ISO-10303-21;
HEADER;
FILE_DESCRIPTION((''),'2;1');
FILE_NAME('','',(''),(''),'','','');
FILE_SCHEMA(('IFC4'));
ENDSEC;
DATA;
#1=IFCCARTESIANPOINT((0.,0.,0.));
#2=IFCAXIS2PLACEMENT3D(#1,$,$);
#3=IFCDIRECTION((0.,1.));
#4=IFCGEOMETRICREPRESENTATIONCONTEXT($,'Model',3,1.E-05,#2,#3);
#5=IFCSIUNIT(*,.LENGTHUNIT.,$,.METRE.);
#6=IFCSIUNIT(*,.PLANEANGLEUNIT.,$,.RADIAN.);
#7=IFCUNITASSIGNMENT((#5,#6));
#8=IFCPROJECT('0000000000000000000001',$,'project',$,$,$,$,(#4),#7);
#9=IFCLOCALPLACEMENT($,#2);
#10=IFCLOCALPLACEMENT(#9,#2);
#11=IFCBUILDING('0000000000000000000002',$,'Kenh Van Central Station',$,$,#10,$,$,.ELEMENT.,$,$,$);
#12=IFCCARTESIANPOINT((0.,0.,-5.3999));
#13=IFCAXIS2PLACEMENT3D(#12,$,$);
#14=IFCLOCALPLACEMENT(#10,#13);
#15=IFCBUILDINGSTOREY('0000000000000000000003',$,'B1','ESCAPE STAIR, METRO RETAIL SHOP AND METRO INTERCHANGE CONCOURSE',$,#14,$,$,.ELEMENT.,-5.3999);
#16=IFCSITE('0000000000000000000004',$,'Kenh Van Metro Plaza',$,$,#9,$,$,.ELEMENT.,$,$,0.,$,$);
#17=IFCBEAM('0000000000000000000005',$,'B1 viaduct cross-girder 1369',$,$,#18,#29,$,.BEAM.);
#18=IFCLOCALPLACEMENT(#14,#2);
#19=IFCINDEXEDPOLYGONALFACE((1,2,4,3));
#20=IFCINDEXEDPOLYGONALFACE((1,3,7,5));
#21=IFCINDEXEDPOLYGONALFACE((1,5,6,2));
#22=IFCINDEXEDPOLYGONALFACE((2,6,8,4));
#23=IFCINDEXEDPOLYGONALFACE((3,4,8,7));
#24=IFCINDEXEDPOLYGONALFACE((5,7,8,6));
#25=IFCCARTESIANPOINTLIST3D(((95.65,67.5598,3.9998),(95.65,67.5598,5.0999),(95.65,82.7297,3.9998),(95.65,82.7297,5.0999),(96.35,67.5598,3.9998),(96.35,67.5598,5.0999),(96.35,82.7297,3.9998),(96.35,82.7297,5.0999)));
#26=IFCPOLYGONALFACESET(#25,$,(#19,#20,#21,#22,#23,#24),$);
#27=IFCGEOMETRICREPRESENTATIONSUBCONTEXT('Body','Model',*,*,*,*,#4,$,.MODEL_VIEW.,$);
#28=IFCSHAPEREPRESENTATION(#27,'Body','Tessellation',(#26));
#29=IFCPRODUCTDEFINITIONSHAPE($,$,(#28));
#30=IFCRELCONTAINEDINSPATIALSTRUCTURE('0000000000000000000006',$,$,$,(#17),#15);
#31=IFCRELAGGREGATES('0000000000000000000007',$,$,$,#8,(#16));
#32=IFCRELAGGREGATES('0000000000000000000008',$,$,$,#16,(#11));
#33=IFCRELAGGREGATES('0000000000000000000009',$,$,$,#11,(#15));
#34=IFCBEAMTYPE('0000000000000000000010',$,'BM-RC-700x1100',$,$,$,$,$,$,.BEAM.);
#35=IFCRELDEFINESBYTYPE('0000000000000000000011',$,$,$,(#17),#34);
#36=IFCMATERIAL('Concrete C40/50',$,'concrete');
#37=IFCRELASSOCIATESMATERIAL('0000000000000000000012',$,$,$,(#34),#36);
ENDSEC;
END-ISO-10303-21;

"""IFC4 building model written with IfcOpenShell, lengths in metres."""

from ifc_helpers import new_model, si_unit, direction, frame, origin, origin_2d, place, context, subcontext, project, spatial, rectangle, extrude, material, material_profile, profile_set, type_object, element, save


model = new_model("IFC4")

# Units and contexts
model_context = context("Model", 3, precision=1e-05, world=origin(), true_north=direction((0.0, 1.0)))
body_context = subcontext(model_context, "Body", "Model", "MODEL_VIEW")
ifc_project = project(units=[si_unit("LENGTHUNIT", "METRE"), si_unit("PLANEANGLEUNIT", "RADIAN")], contexts=[model_context])

# Site, building, storey
site_placement = place(None, origin())
site = spatial("IfcSite", under=ifc_project, at=site_placement, Name="Kenh Van Metro Plaza", CompositionType="ELEMENT", RefElevation=0.0)
building_placement = place(site_placement, origin())
building = spatial("IfcBuilding", under=site, at=building_placement, Name="Kenh Van Central Station", CompositionType="ELEMENT")
storey_placement = place(building_placement, frame((0.0, 0.0, -5.3999)))
storey = spatial("IfcBuildingStorey", under=building, at=storey_placement, Name="B1", Description="ESCAPE STAIR, METRO RETAIL SHOP AND METRO INTERCHANGE CONCOURSE", CompositionType="ELEMENT", Elevation=-5.3999)

# Shared definitions
ifc_material = material(Name="Concrete C40/50", Category="concrete")

# Beam
ifc_material_profile_1 = material_profile(ifc_material, rectangle(XDim=0.7, YDim=1.1001, at=origin_2d()), Name="RC 700x1100")
ifc_profile_set_1 = profile_set([ifc_material_profile_1], Name="Concrete C40/50")
beam_type_1 = type_object("IfcBeamType", Name="BM-RC-700x1100", PredefinedType="BEAM", material=ifc_profile_set_1)
beam_1_placement = place(storey_placement, frame((96.0, 67.5598, 4.5498), z_axis=(0.0, 1.0, 0.0), x_axis=(-1.0, 0.0, 0.0)))
element("IfcBeam", 1, at=beam_1_placement, inside=storey, type_object=beam_type_1, Name="B1 viaduct cross-girder 1369", PredefinedType="BEAM", context=body_context, shape_type="SweptSolid", body=[
    extrude(rectangle(XDim=0.7, YDim=1.1001, at=origin_2d()), origin(), (0.0, 0.0, 1.0), 15.1699),
])

save(model, "model.ifc")
